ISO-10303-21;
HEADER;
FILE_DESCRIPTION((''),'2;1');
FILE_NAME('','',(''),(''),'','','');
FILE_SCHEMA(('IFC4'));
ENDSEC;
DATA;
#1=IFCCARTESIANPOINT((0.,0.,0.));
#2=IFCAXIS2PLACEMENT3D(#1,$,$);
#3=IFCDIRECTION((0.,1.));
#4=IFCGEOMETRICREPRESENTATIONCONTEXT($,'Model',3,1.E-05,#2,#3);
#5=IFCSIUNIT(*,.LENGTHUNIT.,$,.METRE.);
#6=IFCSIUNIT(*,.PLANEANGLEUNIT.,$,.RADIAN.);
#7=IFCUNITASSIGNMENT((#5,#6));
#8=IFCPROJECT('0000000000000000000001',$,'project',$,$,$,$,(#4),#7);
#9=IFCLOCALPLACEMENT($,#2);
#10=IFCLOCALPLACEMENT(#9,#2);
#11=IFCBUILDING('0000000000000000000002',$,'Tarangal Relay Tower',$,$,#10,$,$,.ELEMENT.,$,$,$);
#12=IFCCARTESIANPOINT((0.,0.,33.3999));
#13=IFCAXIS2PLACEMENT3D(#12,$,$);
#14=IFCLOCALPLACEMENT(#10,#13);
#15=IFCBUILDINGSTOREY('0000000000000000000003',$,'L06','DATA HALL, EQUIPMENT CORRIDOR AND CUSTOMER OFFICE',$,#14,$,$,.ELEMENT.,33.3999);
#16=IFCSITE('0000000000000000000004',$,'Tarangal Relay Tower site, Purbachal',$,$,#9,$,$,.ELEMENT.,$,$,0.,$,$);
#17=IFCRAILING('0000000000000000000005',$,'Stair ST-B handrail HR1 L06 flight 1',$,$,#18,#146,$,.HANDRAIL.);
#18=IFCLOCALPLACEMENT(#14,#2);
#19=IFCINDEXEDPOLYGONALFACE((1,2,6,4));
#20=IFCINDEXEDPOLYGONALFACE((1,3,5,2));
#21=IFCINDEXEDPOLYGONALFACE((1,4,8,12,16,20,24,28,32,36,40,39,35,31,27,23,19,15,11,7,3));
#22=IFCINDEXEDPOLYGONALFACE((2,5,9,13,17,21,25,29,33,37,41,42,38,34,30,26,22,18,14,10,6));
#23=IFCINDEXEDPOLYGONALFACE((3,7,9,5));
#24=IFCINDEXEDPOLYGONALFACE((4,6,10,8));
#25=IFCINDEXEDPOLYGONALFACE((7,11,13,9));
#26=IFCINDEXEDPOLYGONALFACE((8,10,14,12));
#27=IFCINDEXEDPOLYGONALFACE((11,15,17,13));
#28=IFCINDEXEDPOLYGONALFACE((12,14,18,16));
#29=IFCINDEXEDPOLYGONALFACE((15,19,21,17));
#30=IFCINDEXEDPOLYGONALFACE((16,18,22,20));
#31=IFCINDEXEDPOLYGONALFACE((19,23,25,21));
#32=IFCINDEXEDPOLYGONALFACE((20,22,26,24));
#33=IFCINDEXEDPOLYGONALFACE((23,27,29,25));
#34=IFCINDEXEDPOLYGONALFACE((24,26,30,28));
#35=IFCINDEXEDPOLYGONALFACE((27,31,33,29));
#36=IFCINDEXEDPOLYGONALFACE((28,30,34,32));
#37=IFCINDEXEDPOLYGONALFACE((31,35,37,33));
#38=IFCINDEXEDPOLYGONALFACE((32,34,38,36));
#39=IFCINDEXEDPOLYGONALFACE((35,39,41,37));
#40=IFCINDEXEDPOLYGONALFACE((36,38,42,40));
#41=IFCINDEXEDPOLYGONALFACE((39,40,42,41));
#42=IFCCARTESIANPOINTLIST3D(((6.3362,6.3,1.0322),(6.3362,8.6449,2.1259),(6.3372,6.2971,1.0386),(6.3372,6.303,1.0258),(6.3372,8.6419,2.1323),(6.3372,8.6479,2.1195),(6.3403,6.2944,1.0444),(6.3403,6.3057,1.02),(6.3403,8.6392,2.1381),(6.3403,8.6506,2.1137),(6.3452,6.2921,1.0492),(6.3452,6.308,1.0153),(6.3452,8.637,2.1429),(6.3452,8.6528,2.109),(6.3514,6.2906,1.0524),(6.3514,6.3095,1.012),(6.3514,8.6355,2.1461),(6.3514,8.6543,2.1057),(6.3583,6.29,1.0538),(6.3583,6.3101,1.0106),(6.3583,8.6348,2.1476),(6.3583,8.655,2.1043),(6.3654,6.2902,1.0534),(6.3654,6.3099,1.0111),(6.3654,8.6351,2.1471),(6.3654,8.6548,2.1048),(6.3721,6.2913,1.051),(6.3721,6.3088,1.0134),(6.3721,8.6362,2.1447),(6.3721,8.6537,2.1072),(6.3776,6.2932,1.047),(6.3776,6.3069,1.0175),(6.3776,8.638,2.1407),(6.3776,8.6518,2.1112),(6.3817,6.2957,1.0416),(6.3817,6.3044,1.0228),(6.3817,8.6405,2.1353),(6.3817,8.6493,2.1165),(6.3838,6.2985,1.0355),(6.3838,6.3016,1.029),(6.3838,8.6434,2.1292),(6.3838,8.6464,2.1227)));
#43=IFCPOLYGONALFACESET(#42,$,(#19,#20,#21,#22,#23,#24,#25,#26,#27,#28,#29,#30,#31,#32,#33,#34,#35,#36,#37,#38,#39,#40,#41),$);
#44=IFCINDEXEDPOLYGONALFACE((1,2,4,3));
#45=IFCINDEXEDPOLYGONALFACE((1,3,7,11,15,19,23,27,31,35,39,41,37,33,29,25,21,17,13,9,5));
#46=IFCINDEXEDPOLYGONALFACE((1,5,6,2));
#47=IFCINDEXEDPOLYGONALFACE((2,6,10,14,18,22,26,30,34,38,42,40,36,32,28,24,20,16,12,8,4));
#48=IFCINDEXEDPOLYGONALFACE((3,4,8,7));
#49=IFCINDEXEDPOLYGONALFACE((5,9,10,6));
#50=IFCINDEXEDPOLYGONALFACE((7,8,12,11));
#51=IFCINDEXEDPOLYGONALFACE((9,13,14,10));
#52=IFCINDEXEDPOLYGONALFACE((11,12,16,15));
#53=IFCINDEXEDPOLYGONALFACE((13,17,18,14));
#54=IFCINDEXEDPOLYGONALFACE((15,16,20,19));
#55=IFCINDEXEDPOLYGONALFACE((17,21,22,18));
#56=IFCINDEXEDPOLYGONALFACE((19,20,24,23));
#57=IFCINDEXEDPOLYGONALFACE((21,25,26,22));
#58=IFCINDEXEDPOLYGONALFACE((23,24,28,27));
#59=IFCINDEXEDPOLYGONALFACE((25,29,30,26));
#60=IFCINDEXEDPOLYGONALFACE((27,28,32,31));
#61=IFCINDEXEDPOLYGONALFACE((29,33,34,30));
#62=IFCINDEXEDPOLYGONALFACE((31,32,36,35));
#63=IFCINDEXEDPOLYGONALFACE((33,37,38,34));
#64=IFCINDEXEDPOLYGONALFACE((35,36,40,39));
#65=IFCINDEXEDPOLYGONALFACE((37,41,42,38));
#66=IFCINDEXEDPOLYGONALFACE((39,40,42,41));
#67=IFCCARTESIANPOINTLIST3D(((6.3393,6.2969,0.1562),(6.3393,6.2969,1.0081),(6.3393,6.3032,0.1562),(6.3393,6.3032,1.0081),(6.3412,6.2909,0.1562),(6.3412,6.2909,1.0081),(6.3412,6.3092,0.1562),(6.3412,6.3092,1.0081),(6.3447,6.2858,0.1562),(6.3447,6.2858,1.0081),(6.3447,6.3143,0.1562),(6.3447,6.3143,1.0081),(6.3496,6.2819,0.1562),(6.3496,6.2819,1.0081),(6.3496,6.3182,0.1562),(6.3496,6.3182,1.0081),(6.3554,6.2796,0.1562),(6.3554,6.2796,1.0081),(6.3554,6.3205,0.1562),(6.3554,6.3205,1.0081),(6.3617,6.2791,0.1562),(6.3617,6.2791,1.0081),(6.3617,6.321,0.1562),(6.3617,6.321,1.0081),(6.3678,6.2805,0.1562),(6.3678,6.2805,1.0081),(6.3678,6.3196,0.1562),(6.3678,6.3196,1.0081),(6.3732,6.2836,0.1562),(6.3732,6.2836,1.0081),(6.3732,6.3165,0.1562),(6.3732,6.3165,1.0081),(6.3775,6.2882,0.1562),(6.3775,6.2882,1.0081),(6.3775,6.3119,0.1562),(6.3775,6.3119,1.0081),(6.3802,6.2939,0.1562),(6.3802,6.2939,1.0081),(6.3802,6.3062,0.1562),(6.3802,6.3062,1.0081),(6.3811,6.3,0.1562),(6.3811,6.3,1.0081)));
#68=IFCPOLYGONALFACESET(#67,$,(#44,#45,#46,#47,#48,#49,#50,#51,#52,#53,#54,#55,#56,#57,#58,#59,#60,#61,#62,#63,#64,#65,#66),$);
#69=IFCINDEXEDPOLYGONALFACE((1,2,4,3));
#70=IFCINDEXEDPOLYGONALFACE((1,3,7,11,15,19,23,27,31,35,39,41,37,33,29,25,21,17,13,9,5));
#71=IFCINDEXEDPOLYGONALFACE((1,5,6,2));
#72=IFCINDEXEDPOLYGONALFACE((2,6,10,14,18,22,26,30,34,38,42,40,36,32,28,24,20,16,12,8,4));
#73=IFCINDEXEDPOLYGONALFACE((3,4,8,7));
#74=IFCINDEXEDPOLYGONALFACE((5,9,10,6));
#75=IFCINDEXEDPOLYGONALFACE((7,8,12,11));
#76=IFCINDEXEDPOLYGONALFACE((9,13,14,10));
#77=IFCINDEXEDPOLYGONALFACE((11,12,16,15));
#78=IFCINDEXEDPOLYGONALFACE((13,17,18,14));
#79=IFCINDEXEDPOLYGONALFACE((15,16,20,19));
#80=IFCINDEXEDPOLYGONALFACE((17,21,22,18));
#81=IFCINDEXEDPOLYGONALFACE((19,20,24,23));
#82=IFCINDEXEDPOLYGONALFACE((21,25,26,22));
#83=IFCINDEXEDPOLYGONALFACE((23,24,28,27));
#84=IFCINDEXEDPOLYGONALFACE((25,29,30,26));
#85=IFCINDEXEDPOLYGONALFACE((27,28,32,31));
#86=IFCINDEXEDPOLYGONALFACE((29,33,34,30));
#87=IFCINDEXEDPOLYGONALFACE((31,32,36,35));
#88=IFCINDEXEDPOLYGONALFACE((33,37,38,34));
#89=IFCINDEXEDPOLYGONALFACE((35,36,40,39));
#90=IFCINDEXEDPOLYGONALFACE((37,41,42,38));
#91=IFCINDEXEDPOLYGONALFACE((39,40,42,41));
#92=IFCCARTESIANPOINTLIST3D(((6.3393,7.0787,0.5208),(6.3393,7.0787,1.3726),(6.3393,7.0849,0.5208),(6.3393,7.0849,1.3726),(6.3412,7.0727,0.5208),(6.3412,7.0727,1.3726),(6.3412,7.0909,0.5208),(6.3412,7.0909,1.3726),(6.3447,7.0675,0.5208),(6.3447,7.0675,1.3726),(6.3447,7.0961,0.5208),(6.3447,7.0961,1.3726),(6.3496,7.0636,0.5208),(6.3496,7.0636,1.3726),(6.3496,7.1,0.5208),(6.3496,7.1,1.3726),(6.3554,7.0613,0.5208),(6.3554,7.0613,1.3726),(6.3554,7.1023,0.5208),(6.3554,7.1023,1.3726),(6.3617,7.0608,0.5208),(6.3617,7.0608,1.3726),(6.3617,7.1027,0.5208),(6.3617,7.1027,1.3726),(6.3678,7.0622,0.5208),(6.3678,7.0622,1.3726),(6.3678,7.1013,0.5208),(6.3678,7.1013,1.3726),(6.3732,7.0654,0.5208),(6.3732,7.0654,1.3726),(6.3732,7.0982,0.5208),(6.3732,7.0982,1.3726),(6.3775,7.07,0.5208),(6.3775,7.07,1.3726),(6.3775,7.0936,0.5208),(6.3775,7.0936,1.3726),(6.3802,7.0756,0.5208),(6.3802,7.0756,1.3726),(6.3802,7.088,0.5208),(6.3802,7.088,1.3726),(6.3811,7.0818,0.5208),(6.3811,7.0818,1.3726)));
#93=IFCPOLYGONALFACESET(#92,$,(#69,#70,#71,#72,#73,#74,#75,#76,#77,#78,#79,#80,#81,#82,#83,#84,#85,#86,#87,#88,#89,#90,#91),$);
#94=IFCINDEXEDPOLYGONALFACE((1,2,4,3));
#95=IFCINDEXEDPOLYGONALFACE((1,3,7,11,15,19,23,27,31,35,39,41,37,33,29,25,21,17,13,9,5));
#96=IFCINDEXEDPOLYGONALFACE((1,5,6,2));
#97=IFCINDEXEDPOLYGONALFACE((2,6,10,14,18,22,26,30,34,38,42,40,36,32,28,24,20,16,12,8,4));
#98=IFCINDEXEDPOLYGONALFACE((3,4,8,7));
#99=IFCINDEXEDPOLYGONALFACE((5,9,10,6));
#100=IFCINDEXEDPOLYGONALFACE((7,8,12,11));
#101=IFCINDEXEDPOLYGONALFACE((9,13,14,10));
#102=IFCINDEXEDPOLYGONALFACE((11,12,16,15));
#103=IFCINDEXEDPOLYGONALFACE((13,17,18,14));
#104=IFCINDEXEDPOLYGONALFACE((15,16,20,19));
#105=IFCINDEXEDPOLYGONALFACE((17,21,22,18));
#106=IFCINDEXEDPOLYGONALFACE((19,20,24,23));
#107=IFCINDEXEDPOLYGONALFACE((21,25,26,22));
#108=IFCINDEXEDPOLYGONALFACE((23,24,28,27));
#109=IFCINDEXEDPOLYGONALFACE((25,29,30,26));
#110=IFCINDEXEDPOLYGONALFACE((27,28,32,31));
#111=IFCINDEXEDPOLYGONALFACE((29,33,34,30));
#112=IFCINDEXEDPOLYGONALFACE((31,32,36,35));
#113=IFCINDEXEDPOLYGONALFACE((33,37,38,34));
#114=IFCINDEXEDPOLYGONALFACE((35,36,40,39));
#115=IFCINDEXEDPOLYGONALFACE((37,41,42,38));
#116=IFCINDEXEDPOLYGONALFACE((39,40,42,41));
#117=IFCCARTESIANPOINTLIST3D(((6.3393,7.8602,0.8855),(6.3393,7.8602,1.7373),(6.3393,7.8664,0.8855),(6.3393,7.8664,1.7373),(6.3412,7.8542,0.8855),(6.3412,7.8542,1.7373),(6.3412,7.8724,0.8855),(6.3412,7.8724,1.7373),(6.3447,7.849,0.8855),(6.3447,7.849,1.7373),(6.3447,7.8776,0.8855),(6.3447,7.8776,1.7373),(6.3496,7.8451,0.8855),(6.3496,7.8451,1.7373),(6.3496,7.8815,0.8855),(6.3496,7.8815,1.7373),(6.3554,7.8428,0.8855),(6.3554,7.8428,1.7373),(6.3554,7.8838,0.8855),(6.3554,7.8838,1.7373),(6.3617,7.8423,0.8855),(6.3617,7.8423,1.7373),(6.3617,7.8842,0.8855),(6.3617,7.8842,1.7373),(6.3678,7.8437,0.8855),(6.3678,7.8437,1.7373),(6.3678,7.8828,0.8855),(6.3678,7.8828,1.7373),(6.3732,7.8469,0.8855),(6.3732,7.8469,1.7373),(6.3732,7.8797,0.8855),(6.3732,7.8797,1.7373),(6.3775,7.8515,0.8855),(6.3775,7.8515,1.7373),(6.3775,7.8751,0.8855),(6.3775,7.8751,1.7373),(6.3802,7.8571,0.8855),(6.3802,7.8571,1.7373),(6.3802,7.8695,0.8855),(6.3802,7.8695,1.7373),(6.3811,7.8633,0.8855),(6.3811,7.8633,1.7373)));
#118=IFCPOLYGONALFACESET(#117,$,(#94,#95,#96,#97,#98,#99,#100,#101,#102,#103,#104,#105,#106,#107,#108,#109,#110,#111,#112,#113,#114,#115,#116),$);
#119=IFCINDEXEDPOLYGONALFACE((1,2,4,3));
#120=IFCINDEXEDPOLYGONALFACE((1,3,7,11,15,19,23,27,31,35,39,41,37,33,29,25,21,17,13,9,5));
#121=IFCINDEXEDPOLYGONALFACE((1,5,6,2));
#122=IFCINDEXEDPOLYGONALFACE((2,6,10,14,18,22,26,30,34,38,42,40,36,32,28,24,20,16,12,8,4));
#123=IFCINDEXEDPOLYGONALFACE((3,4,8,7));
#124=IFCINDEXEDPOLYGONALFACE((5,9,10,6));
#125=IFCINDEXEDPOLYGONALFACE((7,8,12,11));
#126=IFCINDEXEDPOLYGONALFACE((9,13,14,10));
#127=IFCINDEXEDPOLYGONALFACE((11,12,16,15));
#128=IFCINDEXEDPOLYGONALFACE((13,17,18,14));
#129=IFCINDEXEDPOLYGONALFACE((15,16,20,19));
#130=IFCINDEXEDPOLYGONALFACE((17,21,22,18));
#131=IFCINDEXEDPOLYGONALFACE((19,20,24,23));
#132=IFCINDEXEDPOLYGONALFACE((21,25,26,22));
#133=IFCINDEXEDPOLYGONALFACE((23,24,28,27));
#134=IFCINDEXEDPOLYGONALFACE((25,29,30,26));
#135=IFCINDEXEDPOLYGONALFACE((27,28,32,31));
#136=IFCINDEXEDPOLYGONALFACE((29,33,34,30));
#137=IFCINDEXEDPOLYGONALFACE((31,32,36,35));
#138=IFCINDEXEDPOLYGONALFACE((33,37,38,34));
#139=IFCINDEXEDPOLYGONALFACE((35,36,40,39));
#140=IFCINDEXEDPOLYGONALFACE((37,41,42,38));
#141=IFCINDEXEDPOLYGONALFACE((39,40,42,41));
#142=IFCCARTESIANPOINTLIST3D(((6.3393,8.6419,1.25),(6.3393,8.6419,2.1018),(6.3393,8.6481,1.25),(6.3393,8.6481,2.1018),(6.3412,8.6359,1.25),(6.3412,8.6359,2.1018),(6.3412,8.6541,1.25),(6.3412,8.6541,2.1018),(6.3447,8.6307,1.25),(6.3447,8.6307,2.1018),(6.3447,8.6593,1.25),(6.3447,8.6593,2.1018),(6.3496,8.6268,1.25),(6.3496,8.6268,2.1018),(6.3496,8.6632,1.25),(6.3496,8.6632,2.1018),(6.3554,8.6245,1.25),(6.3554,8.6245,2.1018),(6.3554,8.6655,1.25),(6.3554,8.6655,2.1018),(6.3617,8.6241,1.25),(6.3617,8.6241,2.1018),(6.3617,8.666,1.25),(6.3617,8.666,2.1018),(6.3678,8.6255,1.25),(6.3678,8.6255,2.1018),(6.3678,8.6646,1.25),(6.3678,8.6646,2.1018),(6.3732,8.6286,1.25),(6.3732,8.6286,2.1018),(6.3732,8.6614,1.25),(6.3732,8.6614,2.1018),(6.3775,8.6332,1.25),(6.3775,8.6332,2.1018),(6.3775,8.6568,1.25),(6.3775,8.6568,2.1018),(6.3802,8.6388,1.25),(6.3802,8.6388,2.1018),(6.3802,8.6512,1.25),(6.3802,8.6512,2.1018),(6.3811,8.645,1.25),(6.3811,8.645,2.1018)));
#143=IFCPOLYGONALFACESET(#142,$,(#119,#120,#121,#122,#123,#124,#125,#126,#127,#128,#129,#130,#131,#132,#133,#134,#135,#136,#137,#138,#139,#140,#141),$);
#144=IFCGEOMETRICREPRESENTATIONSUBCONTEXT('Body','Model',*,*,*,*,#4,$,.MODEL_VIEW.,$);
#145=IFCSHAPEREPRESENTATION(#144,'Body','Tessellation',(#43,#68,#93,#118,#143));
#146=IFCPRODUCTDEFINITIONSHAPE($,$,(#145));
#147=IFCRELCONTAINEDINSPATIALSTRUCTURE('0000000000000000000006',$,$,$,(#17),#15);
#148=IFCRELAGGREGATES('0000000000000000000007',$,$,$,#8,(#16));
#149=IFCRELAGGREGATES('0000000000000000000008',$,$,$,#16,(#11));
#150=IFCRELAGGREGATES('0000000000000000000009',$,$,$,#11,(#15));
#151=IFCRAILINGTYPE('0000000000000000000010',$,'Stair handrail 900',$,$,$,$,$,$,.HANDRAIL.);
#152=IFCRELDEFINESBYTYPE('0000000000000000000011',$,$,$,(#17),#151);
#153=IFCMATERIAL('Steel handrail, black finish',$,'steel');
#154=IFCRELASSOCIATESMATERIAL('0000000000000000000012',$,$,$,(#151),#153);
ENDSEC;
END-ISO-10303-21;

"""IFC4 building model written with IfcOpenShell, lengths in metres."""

from ifc_helpers import new_model, si_unit, direction, frame, origin, origin_2d, place, context, subcontext, project, spatial, circle, extrude, material, type_object, element, save


model = new_model("IFC4")

# Units and contexts
model_context = context("Model", 3, precision=1e-05, world=origin(), true_north=direction((0.0, 1.0)))
body_context = subcontext(model_context, "Body", "Model", "MODEL_VIEW")
ifc_project = project(units=[si_unit("LENGTHUNIT", "METRE"), si_unit("PLANEANGLEUNIT", "RADIAN")], contexts=[model_context])

# Site, building, storey
site_placement = place(None, origin())
site = spatial("IfcSite", under=ifc_project, at=site_placement, Name="Tarangal Relay Tower site, Purbachal", CompositionType="ELEMENT", RefElevation=0.0)
building_placement = place(site_placement, origin())
building = spatial("IfcBuilding", under=site, at=building_placement, Name="Tarangal Relay Tower", CompositionType="ELEMENT")
storey_placement = place(building_placement, frame((0.0, 0.0, 33.3999)))
storey = spatial("IfcBuildingStorey", under=building, at=storey_placement, Name="L06", Description="DATA HALL, EQUIPMENT CORRIDOR AND CUSTOMER OFFICE", CompositionType="ELEMENT", Elevation=33.3999)

# Railing
ifc_material_1 = material(Name="Steel handrail, black finish", Category="steel")
railing_type_1 = type_object("IfcRailingType", Name="Stair handrail 900", PredefinedType="HANDRAIL", material=ifc_material_1)
for number, where, name in (
    (1, (6.3601, 6.3, 0.1562), "Stair ST-B handrail HR1 L06 flight 1"),
):
    element("IfcRailing", number, at=place(storey_placement, frame(where)), inside=storey, type_object=railing_type_1, Name=name, PredefinedType="HANDRAIL", context=body_context, shape_type="SweptSolid", body=[
        extrude(circle(Radius=0.0239, at=origin_2d()), frame((0.0, 0.0, 0.876), z_axis=(0.0, 0.906267, 0.422705), x_axis=(-1.0, 0.0, 0.0)), (0.0, 0.0, 1.0), 2.5874),
        extrude(circle(Radius=0.021, at=origin_2d()), origin(), (0.0, 0.0, 1.0), 0.8518),
        extrude(circle(Radius=0.021, at=origin_2d()), frame((0.0, 0.7817, 0.3645)), (0.0, 0.0, 1.0), 0.8518),
        extrude(circle(Radius=0.021, at=origin_2d()), frame((0.0, 1.5632, 0.7292)), (0.0, 0.0, 1.0), 0.8518),
        extrude(circle(Radius=0.021, at=origin_2d()), frame((0.0, 2.345, 1.0938)), (0.0, 0.0, 1.0), 0.8518),
    ])

save(model, "model.ifc")
